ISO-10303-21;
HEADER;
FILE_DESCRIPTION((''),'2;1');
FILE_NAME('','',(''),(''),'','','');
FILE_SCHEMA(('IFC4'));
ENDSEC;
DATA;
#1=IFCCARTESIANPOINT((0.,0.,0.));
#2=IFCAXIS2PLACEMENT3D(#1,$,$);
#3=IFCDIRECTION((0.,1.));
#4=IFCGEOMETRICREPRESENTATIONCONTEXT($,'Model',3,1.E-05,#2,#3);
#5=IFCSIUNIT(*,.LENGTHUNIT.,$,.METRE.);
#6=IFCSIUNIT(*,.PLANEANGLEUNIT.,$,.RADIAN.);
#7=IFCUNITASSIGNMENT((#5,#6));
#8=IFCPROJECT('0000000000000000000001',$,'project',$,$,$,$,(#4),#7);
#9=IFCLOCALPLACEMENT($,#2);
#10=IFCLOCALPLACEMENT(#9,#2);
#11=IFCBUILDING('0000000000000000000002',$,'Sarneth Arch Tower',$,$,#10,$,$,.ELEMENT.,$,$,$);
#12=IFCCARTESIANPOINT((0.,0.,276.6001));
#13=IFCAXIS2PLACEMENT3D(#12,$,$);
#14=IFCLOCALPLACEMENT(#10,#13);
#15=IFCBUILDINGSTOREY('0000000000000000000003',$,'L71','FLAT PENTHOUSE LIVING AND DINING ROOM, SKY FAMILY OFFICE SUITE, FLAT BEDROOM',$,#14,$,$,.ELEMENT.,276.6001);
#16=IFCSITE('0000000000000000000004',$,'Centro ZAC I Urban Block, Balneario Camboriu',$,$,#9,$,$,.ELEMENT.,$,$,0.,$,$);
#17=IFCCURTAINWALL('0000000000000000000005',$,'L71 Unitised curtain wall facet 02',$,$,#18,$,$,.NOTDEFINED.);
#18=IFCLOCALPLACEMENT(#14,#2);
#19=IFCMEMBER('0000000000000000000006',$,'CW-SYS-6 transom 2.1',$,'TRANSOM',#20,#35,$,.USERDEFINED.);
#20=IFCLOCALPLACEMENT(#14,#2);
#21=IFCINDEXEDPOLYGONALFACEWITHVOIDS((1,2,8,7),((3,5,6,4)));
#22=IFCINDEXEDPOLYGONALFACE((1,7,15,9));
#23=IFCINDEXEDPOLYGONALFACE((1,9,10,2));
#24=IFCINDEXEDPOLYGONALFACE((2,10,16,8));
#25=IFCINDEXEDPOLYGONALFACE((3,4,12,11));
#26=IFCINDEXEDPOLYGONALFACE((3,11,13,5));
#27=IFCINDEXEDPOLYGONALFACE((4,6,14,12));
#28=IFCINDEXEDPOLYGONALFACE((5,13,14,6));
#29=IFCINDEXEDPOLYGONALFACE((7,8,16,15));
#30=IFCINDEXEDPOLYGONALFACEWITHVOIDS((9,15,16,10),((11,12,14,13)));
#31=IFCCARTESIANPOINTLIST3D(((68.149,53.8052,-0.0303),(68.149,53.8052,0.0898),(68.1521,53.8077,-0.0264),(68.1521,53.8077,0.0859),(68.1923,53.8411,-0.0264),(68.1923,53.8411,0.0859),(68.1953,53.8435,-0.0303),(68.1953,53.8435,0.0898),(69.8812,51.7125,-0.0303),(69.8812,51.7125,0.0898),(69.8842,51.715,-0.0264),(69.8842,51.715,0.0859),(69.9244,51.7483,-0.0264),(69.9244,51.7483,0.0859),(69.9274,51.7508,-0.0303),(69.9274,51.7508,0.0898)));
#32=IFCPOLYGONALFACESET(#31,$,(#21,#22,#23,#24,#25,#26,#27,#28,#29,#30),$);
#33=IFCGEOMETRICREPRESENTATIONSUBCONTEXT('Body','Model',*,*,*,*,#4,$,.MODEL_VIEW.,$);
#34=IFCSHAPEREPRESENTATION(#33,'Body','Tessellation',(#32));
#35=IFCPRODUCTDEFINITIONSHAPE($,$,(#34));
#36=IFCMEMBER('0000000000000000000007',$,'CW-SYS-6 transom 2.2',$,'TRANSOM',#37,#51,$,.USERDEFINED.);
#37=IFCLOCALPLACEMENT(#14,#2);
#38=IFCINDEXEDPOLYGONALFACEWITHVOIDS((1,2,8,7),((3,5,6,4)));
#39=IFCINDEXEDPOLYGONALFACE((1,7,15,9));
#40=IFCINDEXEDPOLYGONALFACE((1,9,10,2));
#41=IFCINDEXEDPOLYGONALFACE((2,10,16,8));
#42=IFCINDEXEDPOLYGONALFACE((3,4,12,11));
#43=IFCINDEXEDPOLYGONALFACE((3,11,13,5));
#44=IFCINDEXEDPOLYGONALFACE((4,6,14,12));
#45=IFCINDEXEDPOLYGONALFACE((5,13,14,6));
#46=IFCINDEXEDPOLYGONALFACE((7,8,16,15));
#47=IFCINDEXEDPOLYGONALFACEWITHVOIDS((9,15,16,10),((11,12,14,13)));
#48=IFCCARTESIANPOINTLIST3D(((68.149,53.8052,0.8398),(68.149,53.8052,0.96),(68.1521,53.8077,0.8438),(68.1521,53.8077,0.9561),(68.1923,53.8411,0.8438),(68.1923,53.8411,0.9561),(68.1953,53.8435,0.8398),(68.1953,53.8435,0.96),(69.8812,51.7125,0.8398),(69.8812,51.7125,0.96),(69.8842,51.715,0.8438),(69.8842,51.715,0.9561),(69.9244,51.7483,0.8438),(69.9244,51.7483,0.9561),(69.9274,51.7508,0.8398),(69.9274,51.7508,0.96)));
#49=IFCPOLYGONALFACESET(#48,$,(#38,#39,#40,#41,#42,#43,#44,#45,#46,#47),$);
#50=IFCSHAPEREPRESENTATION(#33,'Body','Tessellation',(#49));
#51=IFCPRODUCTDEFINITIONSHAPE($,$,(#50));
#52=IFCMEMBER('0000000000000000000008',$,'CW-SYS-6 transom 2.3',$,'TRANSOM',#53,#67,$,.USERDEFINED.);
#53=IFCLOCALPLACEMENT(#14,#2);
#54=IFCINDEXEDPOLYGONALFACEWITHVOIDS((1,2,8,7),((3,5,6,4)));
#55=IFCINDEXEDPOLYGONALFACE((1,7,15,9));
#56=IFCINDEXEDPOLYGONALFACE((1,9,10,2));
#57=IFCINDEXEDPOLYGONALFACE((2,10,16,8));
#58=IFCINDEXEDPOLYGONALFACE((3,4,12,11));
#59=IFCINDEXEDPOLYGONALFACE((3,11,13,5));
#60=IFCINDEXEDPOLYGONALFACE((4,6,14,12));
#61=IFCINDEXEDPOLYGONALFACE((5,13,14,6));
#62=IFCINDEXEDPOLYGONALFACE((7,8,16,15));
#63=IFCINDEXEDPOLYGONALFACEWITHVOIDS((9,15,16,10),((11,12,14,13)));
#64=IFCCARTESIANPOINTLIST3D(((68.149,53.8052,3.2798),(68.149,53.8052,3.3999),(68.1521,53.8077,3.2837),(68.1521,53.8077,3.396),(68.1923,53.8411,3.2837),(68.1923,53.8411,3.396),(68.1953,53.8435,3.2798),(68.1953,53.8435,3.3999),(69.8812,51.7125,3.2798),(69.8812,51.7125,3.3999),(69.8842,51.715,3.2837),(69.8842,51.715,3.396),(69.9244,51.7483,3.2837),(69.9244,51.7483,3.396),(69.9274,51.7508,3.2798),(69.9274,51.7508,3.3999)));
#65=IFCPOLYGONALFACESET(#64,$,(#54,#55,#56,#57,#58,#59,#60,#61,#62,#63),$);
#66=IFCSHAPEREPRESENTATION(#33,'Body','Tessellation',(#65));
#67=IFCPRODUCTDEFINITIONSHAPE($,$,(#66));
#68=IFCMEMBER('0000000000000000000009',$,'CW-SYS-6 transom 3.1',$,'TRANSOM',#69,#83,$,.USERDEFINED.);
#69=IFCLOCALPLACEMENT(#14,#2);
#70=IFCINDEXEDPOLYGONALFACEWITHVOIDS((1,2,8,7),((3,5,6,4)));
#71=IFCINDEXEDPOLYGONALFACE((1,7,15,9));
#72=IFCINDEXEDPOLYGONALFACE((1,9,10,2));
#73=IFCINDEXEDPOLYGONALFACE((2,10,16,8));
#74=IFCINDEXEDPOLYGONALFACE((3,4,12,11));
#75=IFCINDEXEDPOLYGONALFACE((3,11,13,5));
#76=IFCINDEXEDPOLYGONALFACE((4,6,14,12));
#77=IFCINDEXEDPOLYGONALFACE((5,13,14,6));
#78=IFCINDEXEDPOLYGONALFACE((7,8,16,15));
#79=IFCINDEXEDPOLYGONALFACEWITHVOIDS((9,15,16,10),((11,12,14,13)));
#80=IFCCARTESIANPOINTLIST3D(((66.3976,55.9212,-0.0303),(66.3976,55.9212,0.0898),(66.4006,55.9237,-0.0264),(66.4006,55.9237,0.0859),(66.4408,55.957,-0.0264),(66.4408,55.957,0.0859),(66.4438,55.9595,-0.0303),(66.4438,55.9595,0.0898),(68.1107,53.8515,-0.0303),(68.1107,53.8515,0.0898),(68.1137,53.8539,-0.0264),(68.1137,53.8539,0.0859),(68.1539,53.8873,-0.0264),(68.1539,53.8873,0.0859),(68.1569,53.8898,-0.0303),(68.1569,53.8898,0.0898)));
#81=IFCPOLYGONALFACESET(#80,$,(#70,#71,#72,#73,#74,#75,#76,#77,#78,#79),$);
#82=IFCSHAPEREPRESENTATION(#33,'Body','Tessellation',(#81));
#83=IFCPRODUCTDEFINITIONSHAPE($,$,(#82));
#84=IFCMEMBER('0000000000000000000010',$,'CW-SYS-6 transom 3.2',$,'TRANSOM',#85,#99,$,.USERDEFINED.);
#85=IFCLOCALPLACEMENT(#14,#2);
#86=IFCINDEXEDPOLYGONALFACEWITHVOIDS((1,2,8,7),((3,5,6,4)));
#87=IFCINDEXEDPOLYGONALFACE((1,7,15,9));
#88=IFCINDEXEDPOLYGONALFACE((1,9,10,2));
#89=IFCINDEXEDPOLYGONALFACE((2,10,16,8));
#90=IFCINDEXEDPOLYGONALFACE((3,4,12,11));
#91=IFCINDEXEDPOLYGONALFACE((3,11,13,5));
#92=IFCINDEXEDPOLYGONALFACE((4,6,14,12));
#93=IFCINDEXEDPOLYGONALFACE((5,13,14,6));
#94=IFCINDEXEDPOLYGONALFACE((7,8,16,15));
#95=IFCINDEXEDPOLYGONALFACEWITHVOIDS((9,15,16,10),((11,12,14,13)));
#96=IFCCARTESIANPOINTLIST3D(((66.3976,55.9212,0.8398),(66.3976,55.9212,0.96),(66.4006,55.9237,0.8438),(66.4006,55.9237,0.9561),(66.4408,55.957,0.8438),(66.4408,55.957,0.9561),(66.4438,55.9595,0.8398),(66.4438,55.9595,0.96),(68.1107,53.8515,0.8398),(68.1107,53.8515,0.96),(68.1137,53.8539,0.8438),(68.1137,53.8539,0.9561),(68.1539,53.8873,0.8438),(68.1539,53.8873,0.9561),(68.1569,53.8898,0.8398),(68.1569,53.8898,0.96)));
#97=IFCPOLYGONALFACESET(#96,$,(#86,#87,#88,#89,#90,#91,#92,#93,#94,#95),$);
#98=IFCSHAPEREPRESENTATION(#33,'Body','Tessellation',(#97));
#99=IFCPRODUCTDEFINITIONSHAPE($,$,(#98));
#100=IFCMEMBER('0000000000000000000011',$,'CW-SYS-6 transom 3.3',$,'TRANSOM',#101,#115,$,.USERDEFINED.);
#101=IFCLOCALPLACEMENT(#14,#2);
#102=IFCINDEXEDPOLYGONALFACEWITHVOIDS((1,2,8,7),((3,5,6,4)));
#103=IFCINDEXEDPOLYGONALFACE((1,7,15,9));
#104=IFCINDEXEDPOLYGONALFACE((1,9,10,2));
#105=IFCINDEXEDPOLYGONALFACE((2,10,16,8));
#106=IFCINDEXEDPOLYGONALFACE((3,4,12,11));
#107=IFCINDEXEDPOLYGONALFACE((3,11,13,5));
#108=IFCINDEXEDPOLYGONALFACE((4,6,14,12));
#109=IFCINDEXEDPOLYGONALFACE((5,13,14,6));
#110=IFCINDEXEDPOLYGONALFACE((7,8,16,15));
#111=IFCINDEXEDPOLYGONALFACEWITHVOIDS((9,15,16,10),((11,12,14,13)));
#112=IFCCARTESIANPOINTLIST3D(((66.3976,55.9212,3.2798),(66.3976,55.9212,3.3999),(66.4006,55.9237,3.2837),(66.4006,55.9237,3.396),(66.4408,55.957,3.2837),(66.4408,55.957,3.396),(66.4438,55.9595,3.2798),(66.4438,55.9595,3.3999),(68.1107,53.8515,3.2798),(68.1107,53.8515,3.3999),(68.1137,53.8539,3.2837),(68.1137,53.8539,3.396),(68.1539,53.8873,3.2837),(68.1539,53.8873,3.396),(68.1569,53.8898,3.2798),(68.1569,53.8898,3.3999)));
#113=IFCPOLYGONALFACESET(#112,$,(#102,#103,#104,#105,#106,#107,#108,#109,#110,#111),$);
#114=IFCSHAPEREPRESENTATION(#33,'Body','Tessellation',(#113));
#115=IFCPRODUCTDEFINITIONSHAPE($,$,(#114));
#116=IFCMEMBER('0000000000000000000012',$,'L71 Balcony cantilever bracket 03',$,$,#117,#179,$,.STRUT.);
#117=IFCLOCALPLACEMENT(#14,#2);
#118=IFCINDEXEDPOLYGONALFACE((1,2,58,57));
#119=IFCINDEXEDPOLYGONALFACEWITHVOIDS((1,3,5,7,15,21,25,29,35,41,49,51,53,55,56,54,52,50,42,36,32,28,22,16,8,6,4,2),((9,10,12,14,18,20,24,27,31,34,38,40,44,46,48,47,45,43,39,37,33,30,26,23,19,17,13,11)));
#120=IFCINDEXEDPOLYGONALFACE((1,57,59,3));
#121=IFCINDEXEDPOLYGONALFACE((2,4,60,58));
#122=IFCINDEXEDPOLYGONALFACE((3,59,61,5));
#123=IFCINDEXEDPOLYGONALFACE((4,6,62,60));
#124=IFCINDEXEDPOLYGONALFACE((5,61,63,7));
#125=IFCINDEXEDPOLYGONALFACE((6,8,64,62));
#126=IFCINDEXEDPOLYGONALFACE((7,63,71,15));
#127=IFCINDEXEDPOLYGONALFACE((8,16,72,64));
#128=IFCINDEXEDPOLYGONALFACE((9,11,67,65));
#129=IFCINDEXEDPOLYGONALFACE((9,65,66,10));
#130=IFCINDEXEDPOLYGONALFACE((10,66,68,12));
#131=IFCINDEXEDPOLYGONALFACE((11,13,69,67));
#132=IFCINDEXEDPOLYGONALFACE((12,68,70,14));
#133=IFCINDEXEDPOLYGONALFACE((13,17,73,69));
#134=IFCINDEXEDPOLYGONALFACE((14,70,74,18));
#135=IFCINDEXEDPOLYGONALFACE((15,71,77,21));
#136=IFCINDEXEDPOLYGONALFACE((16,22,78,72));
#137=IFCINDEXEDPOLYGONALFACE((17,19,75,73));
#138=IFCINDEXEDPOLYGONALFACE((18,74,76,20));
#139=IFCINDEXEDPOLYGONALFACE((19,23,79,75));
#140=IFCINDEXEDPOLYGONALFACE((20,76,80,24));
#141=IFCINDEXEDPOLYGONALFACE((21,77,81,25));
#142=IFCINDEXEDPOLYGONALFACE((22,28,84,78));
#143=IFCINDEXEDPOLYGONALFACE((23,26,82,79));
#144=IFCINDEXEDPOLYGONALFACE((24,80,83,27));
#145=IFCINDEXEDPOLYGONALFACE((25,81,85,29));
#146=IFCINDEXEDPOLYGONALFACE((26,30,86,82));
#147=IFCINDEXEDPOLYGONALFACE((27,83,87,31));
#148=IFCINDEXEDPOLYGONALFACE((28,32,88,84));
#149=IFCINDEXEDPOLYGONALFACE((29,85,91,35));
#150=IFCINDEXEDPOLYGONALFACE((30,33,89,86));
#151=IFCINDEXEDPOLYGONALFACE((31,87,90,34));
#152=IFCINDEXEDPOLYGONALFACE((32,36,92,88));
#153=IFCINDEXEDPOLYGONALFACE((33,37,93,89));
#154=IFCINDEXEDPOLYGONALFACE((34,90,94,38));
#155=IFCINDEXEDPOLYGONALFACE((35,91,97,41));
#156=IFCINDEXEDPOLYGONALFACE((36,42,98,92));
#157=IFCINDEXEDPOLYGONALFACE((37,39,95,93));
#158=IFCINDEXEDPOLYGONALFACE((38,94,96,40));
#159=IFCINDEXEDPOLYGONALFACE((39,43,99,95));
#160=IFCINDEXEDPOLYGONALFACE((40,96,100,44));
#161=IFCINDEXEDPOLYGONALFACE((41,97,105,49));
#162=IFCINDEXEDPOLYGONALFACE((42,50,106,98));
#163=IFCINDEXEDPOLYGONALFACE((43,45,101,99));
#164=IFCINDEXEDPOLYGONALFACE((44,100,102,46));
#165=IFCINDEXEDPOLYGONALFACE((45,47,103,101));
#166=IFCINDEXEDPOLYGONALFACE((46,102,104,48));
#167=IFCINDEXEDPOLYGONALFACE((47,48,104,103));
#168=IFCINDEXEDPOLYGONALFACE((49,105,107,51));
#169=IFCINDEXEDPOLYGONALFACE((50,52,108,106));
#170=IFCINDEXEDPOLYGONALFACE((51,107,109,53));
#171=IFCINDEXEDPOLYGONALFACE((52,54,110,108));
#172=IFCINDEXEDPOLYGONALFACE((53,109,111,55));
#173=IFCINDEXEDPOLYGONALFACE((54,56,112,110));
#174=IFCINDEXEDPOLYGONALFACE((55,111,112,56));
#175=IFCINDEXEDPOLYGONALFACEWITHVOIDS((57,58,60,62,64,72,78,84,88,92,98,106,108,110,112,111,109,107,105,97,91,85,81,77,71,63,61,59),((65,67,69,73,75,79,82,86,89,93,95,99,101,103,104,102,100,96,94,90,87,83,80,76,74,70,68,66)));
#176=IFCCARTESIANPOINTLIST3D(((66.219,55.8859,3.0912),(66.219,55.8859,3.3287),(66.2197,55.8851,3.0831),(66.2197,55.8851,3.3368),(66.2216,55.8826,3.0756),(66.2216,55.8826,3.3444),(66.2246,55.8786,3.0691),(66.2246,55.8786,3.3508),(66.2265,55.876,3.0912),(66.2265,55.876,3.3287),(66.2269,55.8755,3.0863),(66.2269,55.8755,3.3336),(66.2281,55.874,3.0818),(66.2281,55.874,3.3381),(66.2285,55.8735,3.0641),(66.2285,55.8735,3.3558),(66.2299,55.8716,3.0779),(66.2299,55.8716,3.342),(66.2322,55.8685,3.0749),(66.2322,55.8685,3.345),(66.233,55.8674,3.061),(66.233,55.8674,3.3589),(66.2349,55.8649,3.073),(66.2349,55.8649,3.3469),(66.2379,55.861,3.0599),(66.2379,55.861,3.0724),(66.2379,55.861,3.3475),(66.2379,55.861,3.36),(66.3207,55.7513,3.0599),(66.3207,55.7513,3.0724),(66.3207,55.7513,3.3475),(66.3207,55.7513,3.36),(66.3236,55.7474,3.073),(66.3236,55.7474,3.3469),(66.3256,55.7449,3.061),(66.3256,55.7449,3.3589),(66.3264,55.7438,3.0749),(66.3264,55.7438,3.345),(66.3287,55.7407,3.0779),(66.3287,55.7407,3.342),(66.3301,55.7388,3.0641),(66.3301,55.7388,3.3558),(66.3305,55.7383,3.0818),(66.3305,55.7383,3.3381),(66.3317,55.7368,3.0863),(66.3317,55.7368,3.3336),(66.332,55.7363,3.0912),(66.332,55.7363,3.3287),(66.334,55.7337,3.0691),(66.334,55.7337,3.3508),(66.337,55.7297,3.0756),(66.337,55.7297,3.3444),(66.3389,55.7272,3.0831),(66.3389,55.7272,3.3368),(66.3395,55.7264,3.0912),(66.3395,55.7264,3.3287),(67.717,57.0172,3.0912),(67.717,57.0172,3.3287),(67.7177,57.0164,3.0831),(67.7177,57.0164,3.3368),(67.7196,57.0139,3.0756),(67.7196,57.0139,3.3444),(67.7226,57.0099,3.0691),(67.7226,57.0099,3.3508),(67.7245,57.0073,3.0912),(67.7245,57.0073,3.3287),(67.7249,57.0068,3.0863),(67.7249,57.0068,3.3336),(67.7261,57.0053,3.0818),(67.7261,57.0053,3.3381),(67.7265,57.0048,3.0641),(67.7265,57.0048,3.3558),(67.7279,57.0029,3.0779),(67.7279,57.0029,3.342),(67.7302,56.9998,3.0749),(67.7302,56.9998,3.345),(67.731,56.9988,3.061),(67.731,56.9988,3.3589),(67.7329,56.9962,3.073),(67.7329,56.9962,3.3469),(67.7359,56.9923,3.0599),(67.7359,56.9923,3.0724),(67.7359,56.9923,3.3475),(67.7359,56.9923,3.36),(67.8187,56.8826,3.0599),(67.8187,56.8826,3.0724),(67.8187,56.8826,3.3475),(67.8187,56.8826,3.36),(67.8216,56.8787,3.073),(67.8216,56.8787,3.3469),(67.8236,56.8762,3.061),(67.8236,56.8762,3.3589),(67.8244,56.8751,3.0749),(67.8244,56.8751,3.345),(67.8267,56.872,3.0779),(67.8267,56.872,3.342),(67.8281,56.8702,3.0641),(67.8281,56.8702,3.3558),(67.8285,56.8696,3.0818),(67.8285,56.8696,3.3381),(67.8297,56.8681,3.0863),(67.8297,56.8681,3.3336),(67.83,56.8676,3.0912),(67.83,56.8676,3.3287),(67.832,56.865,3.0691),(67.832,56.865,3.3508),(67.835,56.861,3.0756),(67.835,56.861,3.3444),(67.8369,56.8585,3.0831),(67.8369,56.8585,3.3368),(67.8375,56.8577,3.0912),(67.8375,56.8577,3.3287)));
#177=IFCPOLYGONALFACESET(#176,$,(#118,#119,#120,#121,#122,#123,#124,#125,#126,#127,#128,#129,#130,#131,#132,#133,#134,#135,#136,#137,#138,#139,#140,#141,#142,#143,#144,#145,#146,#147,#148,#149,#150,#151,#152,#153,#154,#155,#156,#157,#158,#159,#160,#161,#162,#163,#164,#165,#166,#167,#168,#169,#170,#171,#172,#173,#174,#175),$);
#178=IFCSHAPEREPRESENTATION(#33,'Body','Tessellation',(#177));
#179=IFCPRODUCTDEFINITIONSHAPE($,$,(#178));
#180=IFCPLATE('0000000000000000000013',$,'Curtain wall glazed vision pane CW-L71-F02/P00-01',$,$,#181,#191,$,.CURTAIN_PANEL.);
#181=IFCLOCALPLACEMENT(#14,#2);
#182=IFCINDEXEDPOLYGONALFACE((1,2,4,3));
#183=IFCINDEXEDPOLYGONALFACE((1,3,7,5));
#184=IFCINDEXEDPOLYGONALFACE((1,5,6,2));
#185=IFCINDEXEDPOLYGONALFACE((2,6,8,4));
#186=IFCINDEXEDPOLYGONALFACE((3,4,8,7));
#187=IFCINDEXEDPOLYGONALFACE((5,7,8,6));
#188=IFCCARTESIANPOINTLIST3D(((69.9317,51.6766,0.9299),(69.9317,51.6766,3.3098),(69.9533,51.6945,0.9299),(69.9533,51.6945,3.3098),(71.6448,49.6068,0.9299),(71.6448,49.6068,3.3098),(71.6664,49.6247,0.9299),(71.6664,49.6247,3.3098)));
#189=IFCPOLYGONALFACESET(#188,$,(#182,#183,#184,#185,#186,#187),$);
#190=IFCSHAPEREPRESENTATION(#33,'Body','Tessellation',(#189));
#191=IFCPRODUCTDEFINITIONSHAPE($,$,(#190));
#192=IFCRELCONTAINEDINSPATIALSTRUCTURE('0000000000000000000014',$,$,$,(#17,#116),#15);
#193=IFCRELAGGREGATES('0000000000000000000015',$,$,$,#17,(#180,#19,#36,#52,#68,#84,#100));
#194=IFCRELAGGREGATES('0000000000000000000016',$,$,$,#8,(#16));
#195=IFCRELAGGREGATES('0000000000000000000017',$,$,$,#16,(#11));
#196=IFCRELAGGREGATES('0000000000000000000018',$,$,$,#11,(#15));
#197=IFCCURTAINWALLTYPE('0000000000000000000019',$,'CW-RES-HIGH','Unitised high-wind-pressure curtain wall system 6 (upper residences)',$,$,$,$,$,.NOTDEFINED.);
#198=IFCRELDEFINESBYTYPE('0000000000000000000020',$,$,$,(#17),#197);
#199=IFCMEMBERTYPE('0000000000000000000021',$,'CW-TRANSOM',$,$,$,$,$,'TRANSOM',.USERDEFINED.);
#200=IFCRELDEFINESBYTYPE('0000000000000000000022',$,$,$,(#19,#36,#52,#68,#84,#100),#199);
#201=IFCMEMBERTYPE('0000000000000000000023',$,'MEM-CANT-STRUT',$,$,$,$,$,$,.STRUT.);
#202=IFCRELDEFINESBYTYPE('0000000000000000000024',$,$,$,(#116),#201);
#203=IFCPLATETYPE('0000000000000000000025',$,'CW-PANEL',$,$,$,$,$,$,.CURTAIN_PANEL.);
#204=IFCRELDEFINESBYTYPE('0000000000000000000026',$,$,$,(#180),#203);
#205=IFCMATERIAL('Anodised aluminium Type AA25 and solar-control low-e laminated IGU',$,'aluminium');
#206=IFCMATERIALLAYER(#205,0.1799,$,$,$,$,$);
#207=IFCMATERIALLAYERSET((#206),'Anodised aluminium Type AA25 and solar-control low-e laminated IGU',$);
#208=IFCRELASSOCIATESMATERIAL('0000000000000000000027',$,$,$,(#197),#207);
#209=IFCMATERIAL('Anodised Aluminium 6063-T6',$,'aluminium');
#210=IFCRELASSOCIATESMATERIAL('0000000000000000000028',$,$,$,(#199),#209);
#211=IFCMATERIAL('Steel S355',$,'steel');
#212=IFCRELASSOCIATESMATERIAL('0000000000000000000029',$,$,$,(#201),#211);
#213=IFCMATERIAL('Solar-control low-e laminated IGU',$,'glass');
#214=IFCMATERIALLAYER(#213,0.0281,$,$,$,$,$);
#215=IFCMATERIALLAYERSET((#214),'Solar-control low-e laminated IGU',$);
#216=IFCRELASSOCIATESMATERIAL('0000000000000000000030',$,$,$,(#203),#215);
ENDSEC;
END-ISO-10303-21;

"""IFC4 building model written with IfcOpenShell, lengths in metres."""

from ifc_helpers import new_model, si_unit, direction, frame, origin, origin_2d, place, context, subcontext, project, spatial, rectangle, hollow_rectangle, extrude, material, layer, layer_set, material_profile, profile_set, type_object, element, aggregate, save


model = new_model("IFC4")

# Units and contexts
model_context = context("Model", 3, precision=1e-05, world=origin(), true_north=direction((0.0, 1.0)))
body_context = subcontext(model_context, "Body", "Model", "MODEL_VIEW")
ifc_project = project(units=[si_unit("LENGTHUNIT", "METRE"), si_unit("PLANEANGLEUNIT", "RADIAN")], contexts=[model_context])

# Site, building, storey
site_placement = place(None, origin())
site = spatial("IfcSite", under=ifc_project, at=site_placement, Name="Centro ZAC I Urban Block, Balneario Camboriu", CompositionType="ELEMENT", RefElevation=0.0)
building_placement = place(site_placement, origin())
building = spatial("IfcBuilding", under=site, at=building_placement, Name="Sarneth Arch Tower", CompositionType="ELEMENT")
storey_placement = place(building_placement, frame((0.0, 0.0, 276.6001)))
storey = spatial("IfcBuildingStorey", under=building, at=storey_placement, Name="L71", Description="FLAT PENTHOUSE LIVING AND DINING ROOM, SKY FAMILY OFFICE SUITE, FLAT BEDROOM", CompositionType="ELEMENT", Elevation=276.6001)

# Curtain wall, members
ifc_material_1 = material(Name="Anodised aluminium Type AA25 and solar-control low-e laminated IGU", Category="aluminium")
ifc_layer_1 = layer(ifc_material_1, 0.1799)
ifc_layer_set_1 = layer_set([ifc_layer_1], Name="Anodised aluminium Type AA25 and solar-control low-e laminated IGU")
curtain_wall_type = type_object("IfcCurtainWallType", Name="CW-RES-HIGH", Description="Unitised high-wind-pressure curtain wall system 6 (upper residences)", PredefinedType="NOTDEFINED", material=ifc_layer_set_1)
curtain_wall_placement = place(storey_placement, origin())
curtain_wall = element("IfcCurtainWall", 1, at=curtain_wall_placement, inside=storey, type_object=curtain_wall_type, Name="L71 Unitised curtain wall facet 02", PredefinedType="NOTDEFINED")
ifc_material_2 = material(Name="Anodised Aluminium 6063-T6", Category="aluminium")
ifc_material_profile_1 = material_profile(ifc_material_2, hollow_rectangle(XDim=0.0601, YDim=0.1201, WallThickness=0.0039, at=origin_2d()), Name="AL-TRAN-120x60x4")
ifc_profile_set_1 = profile_set([ifc_material_profile_1], Name="Anodised Aluminium 6063-T6")
member_type_1 = type_object("IfcMemberType", Name="CW-TRANSOM", ElementType="TRANSOM", PredefinedType="USERDEFINED", material=ifc_profile_set_1)
member_1_placement = place(storey_placement, frame((69.9043, 51.7317, 0.0298), z_axis=(-0.637617, 0.770353, 0.0), x_axis=(-0.770353, -0.637617, 0.0)))
member_1 = element("IfcMember", 2, at=member_1_placement, type_object=member_type_1, Name="CW-SYS-6 transom 2.1", ObjectType="TRANSOM", PredefinedType="USERDEFINED", context=body_context, shape_type="SweptSolid", body=[
    extrude(hollow_rectangle(XDim=0.0601, YDim=0.1201, WallThickness=0.0039, at=origin_2d()), origin(), (0.0, 0.0, 1.0), 2.7166),
])
member_2_placement = place(storey_placement, frame((69.9043, 51.7317, 0.8999), z_axis=(-0.637617, 0.770353, 0.0), x_axis=(-0.770353, -0.637617, 0.0)))
member_2 = element("IfcMember", 3, at=member_2_placement, type_object=member_type_1, Name="CW-SYS-6 transom 2.2", ObjectType="TRANSOM", PredefinedType="USERDEFINED", context=body_context, shape_type="SweptSolid", body=[
    extrude(hollow_rectangle(XDim=0.0601, YDim=0.1201, WallThickness=0.0039, at=origin_2d()), origin(), (0.0, 0.0, 1.0), 2.7166),
])
member_3_placement = place(storey_placement, frame((69.9043, 51.7317, 3.3398), z_axis=(-0.637617, 0.770353, 0.0), x_axis=(-0.770353, -0.637617, 0.0)))
member_3 = element("IfcMember", 4, at=member_3_placement, type_object=member_type_1, Name="CW-SYS-6 transom 2.3", ObjectType="TRANSOM", PredefinedType="USERDEFINED", context=body_context, shape_type="SweptSolid", body=[
    extrude(hollow_rectangle(XDim=0.0601, YDim=0.1201, WallThickness=0.0039, at=origin_2d()), origin(), (0.0, 0.0, 1.0), 2.7166),
])
member_4_placement = place(storey_placement, frame((68.1338, 53.8706, 0.0298), z_axis=(-0.637607, 0.770362, 0.0), x_axis=(-0.770362, -0.637607, 0.0)))
member_4 = element("IfcMember", 5, at=member_4_placement, type_object=member_type_1, Name="CW-SYS-6 transom 3.1", ObjectType="TRANSOM", PredefinedType="USERDEFINED", context=body_context, shape_type="SweptSolid", body=[
    extrude(hollow_rectangle(XDim=0.0601, YDim=0.1201, WallThickness=0.0039, at=origin_2d()), origin(), (0.0, 0.0, 1.0), 2.6868),
])
member_5_placement = place(storey_placement, frame((68.1338, 53.8706, 0.8999), z_axis=(-0.637607, 0.770362, 0.0), x_axis=(-0.770362, -0.637607, 0.0)))
member_5 = element("IfcMember", 6, at=member_5_placement, type_object=member_type_1, Name="CW-SYS-6 transom 3.2", ObjectType="TRANSOM", PredefinedType="USERDEFINED", context=body_context, shape_type="SweptSolid", body=[
    extrude(hollow_rectangle(XDim=0.0601, YDim=0.1201, WallThickness=0.0039, at=origin_2d()), origin(), (0.0, 0.0, 1.0), 2.6868),
])
member_6_placement = place(storey_placement, frame((68.1338, 53.8706, 3.3398), z_axis=(-0.637607, 0.770362, 0.0), x_axis=(-0.770362, -0.637607, 0.0)))
member_6 = element("IfcMember", 7, at=member_6_placement, type_object=member_type_1, Name="CW-SYS-6 transom 3.3", ObjectType="TRANSOM", PredefinedType="USERDEFINED", context=body_context, shape_type="SweptSolid", body=[
    extrude(hollow_rectangle(XDim=0.0601, YDim=0.1201, WallThickness=0.0039, at=origin_2d()), origin(), (0.0, 0.0, 1.0), 2.6868),
])

# Member
ifc_material_3 = material(Name="Steel S355", Category="steel")
ifc_material_profile_2 = material_profile(ifc_material_3, hollow_rectangle(XDim=0.2, YDim=0.3, WallThickness=0.0125, InnerFilletRadius=0.0188, OuterFilletRadius=0.0312, at=origin_2d()), Name="RHS300x200x12.5")
ifc_profile_set_2 = profile_set([ifc_material_profile_2], Name="Steel S355")
member_type_2 = type_object("IfcMemberType", Name="MEM-CANT-STRUT", PredefinedType="STRUT", material=ifc_profile_set_2)
member_7_placement = place(storey_placement, frame((66.2793, 55.8062, 3.21), z_axis=(0.797998, 0.60266, 0.0), x_axis=(-0.60266, 0.797998, 0.0)))
element("IfcMember", 8, at=member_7_placement, inside=storey, type_object=member_type_2, Name="L71 Balcony cantilever bracket 03", PredefinedType="STRUT", context=body_context, shape_type="SweptSolid", body=[
    extrude(hollow_rectangle(XDim=0.2, YDim=0.3, WallThickness=0.0125, InnerFilletRadius=0.0188, OuterFilletRadius=0.0312, at=origin_2d()), origin(), (0.0, 0.0, 1.0), 1.8772),
])

# Plate
ifc_material_4 = material(Name="Solar-control low-e laminated IGU", Category="glass")
ifc_layer_2 = layer(ifc_material_4, 0.0281)
ifc_layer_set_2 = layer_set([ifc_layer_2], Name="Solar-control low-e laminated IGU")
plate_type_1 = type_object("IfcPlateType", Name="CW-PANEL", PredefinedType="CURTAIN_PANEL", material=ifc_layer_set_2)
plate_1_placement = place(storey_placement, frame((70.7991, 50.6506, 0.9299), z_axis=(0.0, 0.0, 1.0), x_axis=(-0.63761, 0.770359, 0.0)))
plate_1 = element("IfcPlate", 9, at=plate_1_placement, type_object=plate_type_1, Name="Curtain wall glazed vision pane CW-L71-F02/P00-01", PredefinedType="CURTAIN_PANEL", context=body_context, shape_type="SweptSolid", body=[
    extrude(rectangle(XDim=2.6868, YDim=0.0281, at=origin_2d()), origin(), (0.0, 0.0, 1.0), 2.3799),
])
aggregate(curtain_wall, [plate_1, member_1, member_2, member_3, member_4, member_5, member_6])

save(model, "model.ifc")
